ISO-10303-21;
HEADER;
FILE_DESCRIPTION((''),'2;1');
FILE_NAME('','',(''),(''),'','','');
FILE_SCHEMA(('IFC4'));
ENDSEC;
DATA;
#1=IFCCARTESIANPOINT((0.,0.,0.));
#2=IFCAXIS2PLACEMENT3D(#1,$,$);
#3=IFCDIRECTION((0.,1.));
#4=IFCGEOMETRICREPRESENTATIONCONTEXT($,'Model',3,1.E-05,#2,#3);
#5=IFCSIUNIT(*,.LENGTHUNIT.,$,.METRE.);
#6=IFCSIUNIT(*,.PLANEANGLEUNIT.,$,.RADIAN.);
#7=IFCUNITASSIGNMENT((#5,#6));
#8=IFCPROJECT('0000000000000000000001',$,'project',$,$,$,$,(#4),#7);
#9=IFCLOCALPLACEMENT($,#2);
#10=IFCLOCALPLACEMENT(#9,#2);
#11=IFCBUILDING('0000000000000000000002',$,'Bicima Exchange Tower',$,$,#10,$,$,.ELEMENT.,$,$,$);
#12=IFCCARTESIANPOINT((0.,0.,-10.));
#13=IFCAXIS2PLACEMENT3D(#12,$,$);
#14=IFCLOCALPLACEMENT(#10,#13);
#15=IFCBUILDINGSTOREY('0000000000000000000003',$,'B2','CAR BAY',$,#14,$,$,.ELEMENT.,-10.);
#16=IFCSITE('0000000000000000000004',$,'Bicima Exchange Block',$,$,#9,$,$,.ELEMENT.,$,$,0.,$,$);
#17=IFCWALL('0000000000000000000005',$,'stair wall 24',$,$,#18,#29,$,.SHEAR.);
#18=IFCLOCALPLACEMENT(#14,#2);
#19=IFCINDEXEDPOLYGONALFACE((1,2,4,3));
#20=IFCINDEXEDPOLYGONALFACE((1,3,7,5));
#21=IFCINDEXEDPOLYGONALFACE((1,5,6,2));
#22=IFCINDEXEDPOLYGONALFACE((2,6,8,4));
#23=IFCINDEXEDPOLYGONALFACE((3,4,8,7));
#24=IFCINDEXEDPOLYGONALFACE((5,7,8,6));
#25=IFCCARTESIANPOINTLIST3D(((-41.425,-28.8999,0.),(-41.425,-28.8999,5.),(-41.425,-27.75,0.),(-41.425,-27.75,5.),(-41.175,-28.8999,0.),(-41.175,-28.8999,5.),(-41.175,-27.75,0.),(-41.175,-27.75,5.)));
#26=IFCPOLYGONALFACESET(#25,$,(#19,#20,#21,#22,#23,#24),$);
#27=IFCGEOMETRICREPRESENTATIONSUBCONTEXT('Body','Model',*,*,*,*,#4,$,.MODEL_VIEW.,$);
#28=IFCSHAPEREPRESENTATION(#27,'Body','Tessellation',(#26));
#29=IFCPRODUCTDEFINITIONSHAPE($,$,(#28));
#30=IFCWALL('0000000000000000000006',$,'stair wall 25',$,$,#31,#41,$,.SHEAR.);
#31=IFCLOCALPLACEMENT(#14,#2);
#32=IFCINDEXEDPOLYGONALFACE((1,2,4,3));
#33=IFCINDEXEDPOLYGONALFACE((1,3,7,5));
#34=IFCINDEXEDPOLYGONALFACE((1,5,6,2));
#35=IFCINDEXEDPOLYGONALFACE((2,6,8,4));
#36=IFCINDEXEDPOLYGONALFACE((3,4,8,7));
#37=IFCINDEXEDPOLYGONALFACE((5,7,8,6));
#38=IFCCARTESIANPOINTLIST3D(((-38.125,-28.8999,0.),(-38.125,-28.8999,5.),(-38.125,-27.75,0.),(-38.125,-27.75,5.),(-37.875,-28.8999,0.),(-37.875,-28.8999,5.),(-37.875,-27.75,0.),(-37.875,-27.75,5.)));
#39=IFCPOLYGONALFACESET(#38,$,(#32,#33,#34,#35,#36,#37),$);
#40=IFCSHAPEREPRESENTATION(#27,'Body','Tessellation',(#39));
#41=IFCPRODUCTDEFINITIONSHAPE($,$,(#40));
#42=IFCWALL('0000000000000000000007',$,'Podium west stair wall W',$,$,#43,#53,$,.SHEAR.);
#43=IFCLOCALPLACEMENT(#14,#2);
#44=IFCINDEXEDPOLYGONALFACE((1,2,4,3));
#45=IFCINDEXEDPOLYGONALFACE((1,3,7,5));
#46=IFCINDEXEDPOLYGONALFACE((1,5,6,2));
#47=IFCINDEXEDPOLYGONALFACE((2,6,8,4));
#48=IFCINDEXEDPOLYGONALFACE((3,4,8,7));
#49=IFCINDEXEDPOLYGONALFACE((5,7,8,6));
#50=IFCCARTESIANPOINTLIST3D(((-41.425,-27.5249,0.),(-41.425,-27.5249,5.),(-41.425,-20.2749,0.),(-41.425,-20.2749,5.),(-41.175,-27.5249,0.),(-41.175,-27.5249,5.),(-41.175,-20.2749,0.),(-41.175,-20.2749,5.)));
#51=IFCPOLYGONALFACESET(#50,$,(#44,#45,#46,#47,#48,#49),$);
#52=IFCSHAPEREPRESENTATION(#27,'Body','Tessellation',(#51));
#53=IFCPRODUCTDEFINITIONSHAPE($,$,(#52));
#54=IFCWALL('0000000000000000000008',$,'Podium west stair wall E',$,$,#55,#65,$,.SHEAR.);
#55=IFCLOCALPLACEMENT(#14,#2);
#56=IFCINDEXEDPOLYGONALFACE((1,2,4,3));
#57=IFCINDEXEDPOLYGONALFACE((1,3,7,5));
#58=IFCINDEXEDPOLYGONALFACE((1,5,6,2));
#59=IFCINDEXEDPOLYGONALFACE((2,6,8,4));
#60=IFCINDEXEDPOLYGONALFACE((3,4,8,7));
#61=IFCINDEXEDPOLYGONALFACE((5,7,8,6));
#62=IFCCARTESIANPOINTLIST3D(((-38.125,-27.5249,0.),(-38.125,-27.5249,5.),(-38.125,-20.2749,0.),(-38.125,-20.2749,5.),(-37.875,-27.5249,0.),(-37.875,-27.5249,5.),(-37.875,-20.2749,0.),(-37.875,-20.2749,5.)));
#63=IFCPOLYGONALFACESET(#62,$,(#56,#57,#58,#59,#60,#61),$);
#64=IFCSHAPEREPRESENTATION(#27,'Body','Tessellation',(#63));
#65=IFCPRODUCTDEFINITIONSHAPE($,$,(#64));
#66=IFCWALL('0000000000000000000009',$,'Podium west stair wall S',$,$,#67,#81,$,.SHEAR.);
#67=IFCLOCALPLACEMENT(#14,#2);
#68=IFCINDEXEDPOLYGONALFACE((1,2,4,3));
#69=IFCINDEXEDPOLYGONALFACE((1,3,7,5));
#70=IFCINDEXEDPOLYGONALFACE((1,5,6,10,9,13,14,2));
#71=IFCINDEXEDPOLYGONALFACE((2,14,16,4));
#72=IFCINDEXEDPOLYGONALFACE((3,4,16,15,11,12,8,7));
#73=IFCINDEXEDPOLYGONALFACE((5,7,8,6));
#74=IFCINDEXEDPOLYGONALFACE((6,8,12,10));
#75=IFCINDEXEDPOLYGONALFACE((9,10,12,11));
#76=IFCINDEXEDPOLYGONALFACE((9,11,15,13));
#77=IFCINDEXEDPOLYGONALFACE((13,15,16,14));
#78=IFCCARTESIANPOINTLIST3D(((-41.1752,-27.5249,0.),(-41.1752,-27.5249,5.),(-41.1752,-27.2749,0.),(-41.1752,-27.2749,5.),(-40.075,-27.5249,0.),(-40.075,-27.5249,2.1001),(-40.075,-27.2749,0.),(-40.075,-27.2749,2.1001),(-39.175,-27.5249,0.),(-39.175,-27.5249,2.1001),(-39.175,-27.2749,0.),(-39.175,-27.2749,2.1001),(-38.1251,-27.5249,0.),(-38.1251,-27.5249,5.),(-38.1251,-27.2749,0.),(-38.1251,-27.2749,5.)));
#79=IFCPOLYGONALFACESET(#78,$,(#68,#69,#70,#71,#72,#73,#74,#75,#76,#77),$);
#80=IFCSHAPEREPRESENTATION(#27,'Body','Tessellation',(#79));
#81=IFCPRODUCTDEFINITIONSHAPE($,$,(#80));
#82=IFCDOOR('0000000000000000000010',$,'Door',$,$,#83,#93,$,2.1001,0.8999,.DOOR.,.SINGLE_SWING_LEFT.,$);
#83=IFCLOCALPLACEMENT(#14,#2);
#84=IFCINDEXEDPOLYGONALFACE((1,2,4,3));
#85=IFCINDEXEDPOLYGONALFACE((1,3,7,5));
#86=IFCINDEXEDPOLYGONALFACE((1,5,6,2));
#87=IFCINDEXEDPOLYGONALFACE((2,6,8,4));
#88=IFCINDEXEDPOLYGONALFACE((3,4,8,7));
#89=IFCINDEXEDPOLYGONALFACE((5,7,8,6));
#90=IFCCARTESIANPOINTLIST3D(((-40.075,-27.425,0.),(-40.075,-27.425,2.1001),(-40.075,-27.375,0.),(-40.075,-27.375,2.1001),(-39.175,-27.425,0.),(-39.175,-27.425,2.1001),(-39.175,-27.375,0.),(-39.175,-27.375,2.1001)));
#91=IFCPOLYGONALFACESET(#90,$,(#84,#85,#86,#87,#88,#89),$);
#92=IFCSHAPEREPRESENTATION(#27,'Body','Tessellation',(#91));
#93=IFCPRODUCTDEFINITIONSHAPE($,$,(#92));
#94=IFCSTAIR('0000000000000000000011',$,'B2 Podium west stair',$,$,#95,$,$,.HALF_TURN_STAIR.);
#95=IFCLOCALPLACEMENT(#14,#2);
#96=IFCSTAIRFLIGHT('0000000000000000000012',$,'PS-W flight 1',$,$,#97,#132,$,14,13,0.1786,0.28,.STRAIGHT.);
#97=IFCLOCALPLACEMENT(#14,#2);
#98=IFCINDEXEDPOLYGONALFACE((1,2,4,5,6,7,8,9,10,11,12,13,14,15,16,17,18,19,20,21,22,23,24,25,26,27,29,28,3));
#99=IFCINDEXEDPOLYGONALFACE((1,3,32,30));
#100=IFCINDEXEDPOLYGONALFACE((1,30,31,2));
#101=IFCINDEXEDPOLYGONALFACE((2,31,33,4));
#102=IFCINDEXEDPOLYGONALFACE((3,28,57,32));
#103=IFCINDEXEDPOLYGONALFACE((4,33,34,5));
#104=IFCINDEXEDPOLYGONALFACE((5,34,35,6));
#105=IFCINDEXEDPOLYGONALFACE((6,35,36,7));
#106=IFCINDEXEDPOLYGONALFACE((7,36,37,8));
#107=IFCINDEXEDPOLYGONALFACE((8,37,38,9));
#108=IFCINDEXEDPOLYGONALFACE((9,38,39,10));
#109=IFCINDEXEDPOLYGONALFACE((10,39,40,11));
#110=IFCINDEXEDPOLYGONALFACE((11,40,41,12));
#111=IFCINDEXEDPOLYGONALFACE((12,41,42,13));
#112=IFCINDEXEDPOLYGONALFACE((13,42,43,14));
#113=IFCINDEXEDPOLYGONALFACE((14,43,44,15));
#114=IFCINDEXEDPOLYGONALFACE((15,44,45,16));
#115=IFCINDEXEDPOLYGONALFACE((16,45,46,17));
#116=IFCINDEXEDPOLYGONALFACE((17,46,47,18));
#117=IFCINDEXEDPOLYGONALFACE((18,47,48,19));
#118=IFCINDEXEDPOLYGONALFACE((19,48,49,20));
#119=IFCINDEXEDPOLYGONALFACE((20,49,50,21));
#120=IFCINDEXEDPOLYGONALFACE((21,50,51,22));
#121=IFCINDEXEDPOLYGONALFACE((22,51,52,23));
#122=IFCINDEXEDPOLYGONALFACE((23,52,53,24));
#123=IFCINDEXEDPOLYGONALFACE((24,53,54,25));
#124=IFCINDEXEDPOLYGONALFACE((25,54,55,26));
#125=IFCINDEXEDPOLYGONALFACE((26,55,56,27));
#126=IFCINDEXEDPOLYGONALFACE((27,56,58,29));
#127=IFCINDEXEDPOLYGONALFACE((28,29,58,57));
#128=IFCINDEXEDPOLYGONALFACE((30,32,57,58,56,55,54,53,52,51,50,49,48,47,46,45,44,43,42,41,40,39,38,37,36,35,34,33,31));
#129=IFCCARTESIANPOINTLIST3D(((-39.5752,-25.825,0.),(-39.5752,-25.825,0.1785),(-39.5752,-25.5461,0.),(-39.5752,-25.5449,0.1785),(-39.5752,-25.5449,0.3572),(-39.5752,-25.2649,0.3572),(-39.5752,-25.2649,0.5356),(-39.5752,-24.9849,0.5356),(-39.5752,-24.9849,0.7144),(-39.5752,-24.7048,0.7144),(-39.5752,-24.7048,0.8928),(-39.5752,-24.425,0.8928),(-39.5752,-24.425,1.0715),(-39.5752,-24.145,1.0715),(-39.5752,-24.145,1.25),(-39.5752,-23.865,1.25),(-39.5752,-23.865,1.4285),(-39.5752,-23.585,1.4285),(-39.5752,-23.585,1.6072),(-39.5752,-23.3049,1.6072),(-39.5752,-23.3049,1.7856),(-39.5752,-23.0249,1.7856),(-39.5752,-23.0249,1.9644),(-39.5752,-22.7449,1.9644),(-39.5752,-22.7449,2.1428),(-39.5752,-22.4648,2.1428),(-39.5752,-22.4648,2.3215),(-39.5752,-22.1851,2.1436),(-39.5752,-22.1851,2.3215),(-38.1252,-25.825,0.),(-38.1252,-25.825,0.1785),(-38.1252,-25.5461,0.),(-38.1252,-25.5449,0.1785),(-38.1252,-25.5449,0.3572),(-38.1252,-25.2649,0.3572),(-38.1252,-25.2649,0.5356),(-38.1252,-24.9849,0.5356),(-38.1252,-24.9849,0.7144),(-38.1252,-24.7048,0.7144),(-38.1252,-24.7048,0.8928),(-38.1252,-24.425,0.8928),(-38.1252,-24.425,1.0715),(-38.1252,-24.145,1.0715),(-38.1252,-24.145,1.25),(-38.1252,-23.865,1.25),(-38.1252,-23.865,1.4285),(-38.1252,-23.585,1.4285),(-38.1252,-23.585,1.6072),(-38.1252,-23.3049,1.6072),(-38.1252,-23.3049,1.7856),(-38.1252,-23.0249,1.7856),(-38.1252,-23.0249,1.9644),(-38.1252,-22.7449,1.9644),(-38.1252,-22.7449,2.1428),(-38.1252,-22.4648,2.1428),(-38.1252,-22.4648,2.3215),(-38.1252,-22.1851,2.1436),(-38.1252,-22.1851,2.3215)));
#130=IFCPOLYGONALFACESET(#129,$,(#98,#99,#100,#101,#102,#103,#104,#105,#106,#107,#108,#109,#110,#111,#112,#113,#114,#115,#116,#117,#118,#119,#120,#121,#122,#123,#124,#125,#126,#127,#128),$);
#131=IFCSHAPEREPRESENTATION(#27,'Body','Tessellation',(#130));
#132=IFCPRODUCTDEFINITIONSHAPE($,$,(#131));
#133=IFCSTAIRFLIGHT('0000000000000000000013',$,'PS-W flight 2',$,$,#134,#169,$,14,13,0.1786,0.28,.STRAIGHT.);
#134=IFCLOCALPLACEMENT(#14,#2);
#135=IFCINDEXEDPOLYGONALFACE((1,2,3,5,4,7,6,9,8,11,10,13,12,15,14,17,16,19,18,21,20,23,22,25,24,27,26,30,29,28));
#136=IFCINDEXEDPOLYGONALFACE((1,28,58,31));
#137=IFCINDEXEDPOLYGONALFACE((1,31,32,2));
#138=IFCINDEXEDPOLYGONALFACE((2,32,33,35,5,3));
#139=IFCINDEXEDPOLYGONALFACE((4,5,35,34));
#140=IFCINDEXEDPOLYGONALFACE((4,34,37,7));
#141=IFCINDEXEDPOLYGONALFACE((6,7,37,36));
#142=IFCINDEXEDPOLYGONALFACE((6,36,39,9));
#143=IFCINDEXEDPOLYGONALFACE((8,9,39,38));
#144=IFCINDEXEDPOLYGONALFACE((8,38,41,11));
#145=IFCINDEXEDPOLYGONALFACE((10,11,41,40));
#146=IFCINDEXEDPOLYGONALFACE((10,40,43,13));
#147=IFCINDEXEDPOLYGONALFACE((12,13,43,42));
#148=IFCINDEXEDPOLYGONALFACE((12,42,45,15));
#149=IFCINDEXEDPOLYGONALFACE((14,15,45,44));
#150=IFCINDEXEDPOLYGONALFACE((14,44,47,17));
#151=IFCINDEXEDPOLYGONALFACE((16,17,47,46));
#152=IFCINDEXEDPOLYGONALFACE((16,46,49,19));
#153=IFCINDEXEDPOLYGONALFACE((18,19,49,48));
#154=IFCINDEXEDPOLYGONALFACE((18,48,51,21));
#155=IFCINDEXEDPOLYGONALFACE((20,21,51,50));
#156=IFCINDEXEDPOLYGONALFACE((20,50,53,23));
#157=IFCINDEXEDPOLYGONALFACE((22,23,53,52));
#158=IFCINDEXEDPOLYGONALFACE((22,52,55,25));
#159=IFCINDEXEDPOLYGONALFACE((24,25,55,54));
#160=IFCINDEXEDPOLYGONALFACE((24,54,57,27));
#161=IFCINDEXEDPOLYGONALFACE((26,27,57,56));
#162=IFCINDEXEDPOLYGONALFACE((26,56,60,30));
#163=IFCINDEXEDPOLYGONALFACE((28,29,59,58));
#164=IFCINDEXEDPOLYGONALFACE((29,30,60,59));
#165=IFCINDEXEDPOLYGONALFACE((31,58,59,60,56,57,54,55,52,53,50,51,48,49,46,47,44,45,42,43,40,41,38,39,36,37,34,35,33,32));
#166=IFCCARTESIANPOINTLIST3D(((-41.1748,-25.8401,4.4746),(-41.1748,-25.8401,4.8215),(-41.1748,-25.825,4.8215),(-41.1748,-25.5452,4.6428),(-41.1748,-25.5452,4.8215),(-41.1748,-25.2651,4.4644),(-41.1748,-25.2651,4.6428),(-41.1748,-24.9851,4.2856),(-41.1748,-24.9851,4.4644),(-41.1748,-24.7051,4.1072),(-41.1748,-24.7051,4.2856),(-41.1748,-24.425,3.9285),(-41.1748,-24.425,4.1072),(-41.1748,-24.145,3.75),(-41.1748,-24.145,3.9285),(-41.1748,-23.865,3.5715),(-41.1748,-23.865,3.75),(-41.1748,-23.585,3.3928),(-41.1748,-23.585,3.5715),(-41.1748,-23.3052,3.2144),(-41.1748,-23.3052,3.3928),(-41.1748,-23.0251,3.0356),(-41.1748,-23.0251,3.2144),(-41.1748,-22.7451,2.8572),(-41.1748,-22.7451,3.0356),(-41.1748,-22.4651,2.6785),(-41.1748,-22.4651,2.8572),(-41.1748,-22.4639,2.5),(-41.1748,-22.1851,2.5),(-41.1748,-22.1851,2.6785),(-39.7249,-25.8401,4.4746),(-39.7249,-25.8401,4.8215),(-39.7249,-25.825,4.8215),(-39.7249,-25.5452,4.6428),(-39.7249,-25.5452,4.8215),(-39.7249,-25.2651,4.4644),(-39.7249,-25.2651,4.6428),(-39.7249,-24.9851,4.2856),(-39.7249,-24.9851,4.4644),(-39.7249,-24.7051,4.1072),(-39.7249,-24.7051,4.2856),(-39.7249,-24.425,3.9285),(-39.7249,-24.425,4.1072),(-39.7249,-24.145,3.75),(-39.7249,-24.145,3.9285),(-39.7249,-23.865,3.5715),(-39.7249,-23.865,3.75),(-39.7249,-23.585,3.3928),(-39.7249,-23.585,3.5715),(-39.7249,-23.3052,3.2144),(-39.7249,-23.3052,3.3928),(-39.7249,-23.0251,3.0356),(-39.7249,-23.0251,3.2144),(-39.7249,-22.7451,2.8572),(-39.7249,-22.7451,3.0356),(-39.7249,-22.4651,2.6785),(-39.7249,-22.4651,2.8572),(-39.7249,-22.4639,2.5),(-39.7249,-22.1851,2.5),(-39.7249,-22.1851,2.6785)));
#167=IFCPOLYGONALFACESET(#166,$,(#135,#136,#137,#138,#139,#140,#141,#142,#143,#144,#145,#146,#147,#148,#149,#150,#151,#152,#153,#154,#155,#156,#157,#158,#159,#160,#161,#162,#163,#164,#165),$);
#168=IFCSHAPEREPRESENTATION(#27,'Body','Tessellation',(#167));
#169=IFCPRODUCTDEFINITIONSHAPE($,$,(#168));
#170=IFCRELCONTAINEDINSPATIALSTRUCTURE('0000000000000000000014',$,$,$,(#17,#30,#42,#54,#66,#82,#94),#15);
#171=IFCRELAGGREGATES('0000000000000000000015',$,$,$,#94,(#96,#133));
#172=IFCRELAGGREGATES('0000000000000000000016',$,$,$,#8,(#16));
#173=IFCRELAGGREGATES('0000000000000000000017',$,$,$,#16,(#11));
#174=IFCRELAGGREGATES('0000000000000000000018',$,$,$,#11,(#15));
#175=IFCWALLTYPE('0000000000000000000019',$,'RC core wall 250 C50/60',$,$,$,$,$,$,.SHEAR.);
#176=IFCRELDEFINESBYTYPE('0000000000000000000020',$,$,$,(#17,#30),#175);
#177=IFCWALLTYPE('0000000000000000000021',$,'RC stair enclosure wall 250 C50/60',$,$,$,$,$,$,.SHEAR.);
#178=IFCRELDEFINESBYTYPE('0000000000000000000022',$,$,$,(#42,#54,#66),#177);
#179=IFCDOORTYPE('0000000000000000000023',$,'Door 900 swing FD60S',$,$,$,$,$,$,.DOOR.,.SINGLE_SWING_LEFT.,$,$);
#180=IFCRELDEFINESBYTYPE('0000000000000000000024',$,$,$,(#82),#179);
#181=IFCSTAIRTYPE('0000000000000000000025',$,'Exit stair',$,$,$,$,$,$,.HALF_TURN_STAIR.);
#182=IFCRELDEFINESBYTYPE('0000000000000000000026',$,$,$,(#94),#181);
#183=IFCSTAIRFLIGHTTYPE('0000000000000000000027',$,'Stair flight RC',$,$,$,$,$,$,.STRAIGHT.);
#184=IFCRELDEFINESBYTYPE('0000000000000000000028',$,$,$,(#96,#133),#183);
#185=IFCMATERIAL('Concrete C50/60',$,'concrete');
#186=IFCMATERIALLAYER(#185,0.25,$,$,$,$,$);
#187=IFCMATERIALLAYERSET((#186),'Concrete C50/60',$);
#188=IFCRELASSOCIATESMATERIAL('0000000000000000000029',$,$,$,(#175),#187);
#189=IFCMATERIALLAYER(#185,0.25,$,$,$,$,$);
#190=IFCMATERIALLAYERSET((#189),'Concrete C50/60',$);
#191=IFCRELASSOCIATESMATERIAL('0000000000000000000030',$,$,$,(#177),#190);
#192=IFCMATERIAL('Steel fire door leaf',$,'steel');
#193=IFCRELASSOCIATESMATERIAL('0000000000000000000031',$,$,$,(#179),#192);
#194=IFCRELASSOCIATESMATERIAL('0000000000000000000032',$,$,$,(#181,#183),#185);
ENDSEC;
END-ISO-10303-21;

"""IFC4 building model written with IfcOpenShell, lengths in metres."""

from ifc_helpers import new_model, si_unit, direction, frame, frame_2d, origin, place, context, subcontext, project, spatial, polyline, rectangle, outline, extrude, material, layer, layer_set, type_object, element, fill, aggregate, save


model = new_model("IFC4")

# Units and contexts
model_context = context("Model", 3, precision=1e-05, world=origin(), true_north=direction((0.0, 1.0)))
body_context = subcontext(model_context, "Body", "Model", "MODEL_VIEW")
ifc_project = project(units=[si_unit("LENGTHUNIT", "METRE"), si_unit("PLANEANGLEUNIT", "RADIAN")], contexts=[model_context])

# Site, building, storey
site_placement = place(None, origin())
site = spatial("IfcSite", under=ifc_project, at=site_placement, Name="Bicima Exchange Block", CompositionType="ELEMENT", RefElevation=0.0)
building_placement = place(site_placement, origin())
building = spatial("IfcBuilding", under=site, at=building_placement, Name="Bicima Exchange Tower", CompositionType="ELEMENT")
storey_placement = place(building_placement, frame((0.0, 0.0, -10.0)))
storey = spatial("IfcBuildingStorey", under=building, at=storey_placement, Name="B2", Description="CAR BAY", CompositionType="ELEMENT", Elevation=-10.0)

# Shared definitions
ifc_material_1 = material(Name="Steel fire door leaf", Category="steel")

# Walls
ifc_material_2 = material(Name="Concrete C50/60", Category="concrete")
ifc_layer_1 = layer(ifc_material_2, 0.25)
ifc_layer_set_1 = layer_set([ifc_layer_1], Name="Concrete C50/60")
wall_type_1 = type_object("IfcWallType", Name="RC core wall 250 C50/60", PredefinedType="SHEAR", material=ifc_layer_set_1)
for number, where, z_axis, x_axis, name in (
    (1, (-41.3, -28.8999, 0.0), (0.0, 0.0, 1.0), (0.0, 1.0, 0.0), "stair wall 24"),
    (2, (-38.0, -28.8999, 0.0), (0.0, 0.0, 1.0), (0.0, 1.0, 0.0), "stair wall 25"),
):
    element("IfcWall", number, at=place(storey_placement, frame(where, z_axis=z_axis, x_axis=x_axis)), inside=storey, type_object=wall_type_1, Name=name, PredefinedType="SHEAR", context=body_context, shape_type="SweptSolid", body=[
        extrude(rectangle(XDim=1.1499, YDim=0.25, at=frame_2d((0.575, 0.0))), origin(), (0.0, 0.0, 1.0), 5.0),
    ])
ifc_layer_2 = layer(ifc_material_2, 0.25)
ifc_layer_set_2 = layer_set([ifc_layer_2], Name="Concrete C50/60")
wall_type_2 = type_object("IfcWallType", Name="RC stair enclosure wall 250 C50/60", PredefinedType="SHEAR", material=ifc_layer_set_2)
for number, where, z_axis, x_axis, name in (
    (3, (-41.3, -27.5249, 0.0), (0.0, 0.0, 1.0), (0.0, 1.0, 0.0), "Podium west stair wall W"),
    (4, (-38.0, -27.5249, 0.0), (0.0, 0.0, 1.0), (0.0, 1.0, 0.0), "Podium west stair wall E"),
):
    element("IfcWall", number, at=place(storey_placement, frame(where, z_axis=z_axis, x_axis=x_axis)), inside=storey, type_object=wall_type_2, Name=name, PredefinedType="SHEAR", context=body_context, shape_type="SweptSolid", body=[
        extrude(rectangle(XDim=7.25, YDim=0.25, at=frame_2d((3.625, 0.0))), origin(), (0.0, 0.0, 1.0), 5.0),
    ])

# Wall, opening, door
wall_1_placement = place(storey_placement, frame((-41.175, -27.3999, 0.0), z_axis=(0.0, 0.0, 1.0), x_axis=(1.0, 0.0, 0.0)))
wall_1 = element("IfcWall", 5, at=wall_1_placement, inside=storey, type_object=wall_type_2, Name="Podium west stair wall S", PredefinedType="SHEAR", context=body_context, shape_type="SweptSolid", body=[
    extrude(rectangle(XDim=3.05, YDim=0.25, at=frame_2d((1.5249, 0.0))), origin(), (0.0, 0.0, 1.0), 5.0),
])
opening_1_placement = place(wall_1_placement, frame((1.1001, 0.0, 0.0)))
opening_1 = element("IfcOpeningElement", 6, at=opening_1_placement, cuts=wall_1, PredefinedType="OPENING", context=body_context, shape_type="SweptSolid", body=[
    extrude(rectangle(XDim=0.8999, YDim=2.1001, at=frame_2d((0.45, 1.05))), frame((0.0, 0.137, 0.0), z_axis=(0.0, -1.0, 0.0), x_axis=(1.0, 0.0, 0.0)), (0.0, 0.0, 1.0), 0.2739),
])
door_type_1 = type_object("IfcDoorType", Name="Door 900 swing FD60S", OperationType="SINGLE_SWING_LEFT", PredefinedType="DOOR", material=ifc_material_1)
door_1_placement = place(opening_1_placement, origin())
door_1 = element("IfcDoor", 7, at=door_1_placement, inside=storey, type_object=door_type_1, Name="Door", OperationType="SINGLE_SWING_LEFT", OverallHeight=2.1001, OverallWidth=0.8999, PredefinedType="DOOR", context=body_context, shape_type="SweptSolid", body=[
    extrude(rectangle(XDim=0.8999, YDim=2.1001, at=frame_2d((0.45, 1.05))), frame((0.0, 0.0249, 0.0), z_axis=(0.0, -1.0, 0.0), x_axis=(1.0, 0.0, 0.0)), (0.0, 0.0, 1.0), 0.05),
])
fill(opening_1, door_1)

# Stair, stair flights
stair_type = type_object("IfcStairType", Name="Exit stair", PredefinedType="HALF_TURN_STAIR", material=ifc_material_2)
stair_placement = place(storey_placement, origin())
stair = element("IfcStair", 8, at=stair_placement, inside=storey, type_object=stair_type, Name="B2 Podium west stair", PredefinedType="HALF_TURN_STAIR")
stair_flight_type = type_object("IfcStairFlightType", Name="Stair flight RC", PredefinedType="STRAIGHT", material=ifc_material_2)
stair_flight_1_placement = place(storey_placement, frame((-38.8501, -25.825, 0.0), z_axis=(0.0, 0.0, 1.0), x_axis=(0.0, 1.0, 0.0)))
stair_flight_1 = element("IfcStairFlight", 9, at=stair_flight_1_placement, type_object=stair_flight_type, Name="PS-W flight 1", NumberOfRisers=14, NumberOfTreads=13, PredefinedType="STRAIGHT", RiserHeight=0.1786, TreadLength=0.28, context=body_context, shape_type="SweptSolid", body=[
    extrude(outline(polyline([(0.0, 0.0), (0.0, 0.1785), (0.28, 0.1785), (0.28, 0.3572), (0.5601, 0.3572), (0.5601, 0.5356), (0.8401, 0.5356), (0.8401, 0.7144), (1.1201, 0.7144), (1.1201, 0.8928), (1.3999, 0.8928), (1.3999, 1.0715), (1.6799, 1.0715), (1.6799, 1.25), (1.96, 1.25), (1.96, 1.4285), (2.24, 1.4285), (2.24, 1.6072), (2.52, 1.6072), (2.52, 1.7856), (2.8, 1.7856), (2.8, 1.9644), (3.0801, 1.9644), (3.0801, 2.1428), (3.3601, 2.1428), (3.3601, 2.3215), (3.6399, 2.3215), (3.6399, 2.5), (3.6399, 2.1436), (0.2788, 0.0), (0.0, 0.0)])), frame((0.0, 0.7251, 0.0), z_axis=(0.0, -1.0, 0.0), x_axis=(1.0, 0.0, 0.0)), (0.0, 0.0, 1.0), 1.45),
])
stair_flight_2_placement = place(storey_placement, frame((-40.45, -22.1851, 2.5), z_axis=(0.0, 0.0, 1.0), x_axis=(0.0, -1.0, 0.0)))
stair_flight_2 = element("IfcStairFlight", 10, at=stair_flight_2_placement, type_object=stair_flight_type, Name="PS-W flight 2", NumberOfRisers=14, NumberOfTreads=13, PredefinedType="STRAIGHT", RiserHeight=0.1786, TreadLength=0.28, context=body_context, shape_type="SweptSolid", body=[
    extrude(outline(polyline([(0.0, 0.0), (0.0, 0.1785), (0.28, 0.1785), (0.28, 0.3572), (0.5601, 0.3572), (0.5601, 0.5356), (0.8401, 0.5356), (0.8401, 0.7144), (1.1201, 0.7144), (1.1201, 0.8928), (1.3999, 0.8928), (1.3999, 1.0715), (1.6799, 1.0715), (1.6799, 1.25), (1.96, 1.25), (1.96, 1.4285), (2.24, 1.4285), (2.24, 1.6072), (2.52, 1.6072), (2.52, 1.7856), (2.8, 1.7856), (2.8, 1.9644), (3.0801, 1.9644), (3.0801, 2.1428), (3.3601, 2.1428), (3.3601, 2.3215), (3.6399, 2.3215), (3.655, 2.3215), (3.655, 1.9746), (0.2788, 0.0), (0.0, 0.0)])), frame((0.0, 0.7251, 0.0), z_axis=(0.0, -1.0, 0.0), x_axis=(1.0, 0.0, 0.0)), (0.0, 0.0, 1.0), 1.45),
])
aggregate(stair, [stair_flight_1, stair_flight_2])

save(model, "model.ifc")
